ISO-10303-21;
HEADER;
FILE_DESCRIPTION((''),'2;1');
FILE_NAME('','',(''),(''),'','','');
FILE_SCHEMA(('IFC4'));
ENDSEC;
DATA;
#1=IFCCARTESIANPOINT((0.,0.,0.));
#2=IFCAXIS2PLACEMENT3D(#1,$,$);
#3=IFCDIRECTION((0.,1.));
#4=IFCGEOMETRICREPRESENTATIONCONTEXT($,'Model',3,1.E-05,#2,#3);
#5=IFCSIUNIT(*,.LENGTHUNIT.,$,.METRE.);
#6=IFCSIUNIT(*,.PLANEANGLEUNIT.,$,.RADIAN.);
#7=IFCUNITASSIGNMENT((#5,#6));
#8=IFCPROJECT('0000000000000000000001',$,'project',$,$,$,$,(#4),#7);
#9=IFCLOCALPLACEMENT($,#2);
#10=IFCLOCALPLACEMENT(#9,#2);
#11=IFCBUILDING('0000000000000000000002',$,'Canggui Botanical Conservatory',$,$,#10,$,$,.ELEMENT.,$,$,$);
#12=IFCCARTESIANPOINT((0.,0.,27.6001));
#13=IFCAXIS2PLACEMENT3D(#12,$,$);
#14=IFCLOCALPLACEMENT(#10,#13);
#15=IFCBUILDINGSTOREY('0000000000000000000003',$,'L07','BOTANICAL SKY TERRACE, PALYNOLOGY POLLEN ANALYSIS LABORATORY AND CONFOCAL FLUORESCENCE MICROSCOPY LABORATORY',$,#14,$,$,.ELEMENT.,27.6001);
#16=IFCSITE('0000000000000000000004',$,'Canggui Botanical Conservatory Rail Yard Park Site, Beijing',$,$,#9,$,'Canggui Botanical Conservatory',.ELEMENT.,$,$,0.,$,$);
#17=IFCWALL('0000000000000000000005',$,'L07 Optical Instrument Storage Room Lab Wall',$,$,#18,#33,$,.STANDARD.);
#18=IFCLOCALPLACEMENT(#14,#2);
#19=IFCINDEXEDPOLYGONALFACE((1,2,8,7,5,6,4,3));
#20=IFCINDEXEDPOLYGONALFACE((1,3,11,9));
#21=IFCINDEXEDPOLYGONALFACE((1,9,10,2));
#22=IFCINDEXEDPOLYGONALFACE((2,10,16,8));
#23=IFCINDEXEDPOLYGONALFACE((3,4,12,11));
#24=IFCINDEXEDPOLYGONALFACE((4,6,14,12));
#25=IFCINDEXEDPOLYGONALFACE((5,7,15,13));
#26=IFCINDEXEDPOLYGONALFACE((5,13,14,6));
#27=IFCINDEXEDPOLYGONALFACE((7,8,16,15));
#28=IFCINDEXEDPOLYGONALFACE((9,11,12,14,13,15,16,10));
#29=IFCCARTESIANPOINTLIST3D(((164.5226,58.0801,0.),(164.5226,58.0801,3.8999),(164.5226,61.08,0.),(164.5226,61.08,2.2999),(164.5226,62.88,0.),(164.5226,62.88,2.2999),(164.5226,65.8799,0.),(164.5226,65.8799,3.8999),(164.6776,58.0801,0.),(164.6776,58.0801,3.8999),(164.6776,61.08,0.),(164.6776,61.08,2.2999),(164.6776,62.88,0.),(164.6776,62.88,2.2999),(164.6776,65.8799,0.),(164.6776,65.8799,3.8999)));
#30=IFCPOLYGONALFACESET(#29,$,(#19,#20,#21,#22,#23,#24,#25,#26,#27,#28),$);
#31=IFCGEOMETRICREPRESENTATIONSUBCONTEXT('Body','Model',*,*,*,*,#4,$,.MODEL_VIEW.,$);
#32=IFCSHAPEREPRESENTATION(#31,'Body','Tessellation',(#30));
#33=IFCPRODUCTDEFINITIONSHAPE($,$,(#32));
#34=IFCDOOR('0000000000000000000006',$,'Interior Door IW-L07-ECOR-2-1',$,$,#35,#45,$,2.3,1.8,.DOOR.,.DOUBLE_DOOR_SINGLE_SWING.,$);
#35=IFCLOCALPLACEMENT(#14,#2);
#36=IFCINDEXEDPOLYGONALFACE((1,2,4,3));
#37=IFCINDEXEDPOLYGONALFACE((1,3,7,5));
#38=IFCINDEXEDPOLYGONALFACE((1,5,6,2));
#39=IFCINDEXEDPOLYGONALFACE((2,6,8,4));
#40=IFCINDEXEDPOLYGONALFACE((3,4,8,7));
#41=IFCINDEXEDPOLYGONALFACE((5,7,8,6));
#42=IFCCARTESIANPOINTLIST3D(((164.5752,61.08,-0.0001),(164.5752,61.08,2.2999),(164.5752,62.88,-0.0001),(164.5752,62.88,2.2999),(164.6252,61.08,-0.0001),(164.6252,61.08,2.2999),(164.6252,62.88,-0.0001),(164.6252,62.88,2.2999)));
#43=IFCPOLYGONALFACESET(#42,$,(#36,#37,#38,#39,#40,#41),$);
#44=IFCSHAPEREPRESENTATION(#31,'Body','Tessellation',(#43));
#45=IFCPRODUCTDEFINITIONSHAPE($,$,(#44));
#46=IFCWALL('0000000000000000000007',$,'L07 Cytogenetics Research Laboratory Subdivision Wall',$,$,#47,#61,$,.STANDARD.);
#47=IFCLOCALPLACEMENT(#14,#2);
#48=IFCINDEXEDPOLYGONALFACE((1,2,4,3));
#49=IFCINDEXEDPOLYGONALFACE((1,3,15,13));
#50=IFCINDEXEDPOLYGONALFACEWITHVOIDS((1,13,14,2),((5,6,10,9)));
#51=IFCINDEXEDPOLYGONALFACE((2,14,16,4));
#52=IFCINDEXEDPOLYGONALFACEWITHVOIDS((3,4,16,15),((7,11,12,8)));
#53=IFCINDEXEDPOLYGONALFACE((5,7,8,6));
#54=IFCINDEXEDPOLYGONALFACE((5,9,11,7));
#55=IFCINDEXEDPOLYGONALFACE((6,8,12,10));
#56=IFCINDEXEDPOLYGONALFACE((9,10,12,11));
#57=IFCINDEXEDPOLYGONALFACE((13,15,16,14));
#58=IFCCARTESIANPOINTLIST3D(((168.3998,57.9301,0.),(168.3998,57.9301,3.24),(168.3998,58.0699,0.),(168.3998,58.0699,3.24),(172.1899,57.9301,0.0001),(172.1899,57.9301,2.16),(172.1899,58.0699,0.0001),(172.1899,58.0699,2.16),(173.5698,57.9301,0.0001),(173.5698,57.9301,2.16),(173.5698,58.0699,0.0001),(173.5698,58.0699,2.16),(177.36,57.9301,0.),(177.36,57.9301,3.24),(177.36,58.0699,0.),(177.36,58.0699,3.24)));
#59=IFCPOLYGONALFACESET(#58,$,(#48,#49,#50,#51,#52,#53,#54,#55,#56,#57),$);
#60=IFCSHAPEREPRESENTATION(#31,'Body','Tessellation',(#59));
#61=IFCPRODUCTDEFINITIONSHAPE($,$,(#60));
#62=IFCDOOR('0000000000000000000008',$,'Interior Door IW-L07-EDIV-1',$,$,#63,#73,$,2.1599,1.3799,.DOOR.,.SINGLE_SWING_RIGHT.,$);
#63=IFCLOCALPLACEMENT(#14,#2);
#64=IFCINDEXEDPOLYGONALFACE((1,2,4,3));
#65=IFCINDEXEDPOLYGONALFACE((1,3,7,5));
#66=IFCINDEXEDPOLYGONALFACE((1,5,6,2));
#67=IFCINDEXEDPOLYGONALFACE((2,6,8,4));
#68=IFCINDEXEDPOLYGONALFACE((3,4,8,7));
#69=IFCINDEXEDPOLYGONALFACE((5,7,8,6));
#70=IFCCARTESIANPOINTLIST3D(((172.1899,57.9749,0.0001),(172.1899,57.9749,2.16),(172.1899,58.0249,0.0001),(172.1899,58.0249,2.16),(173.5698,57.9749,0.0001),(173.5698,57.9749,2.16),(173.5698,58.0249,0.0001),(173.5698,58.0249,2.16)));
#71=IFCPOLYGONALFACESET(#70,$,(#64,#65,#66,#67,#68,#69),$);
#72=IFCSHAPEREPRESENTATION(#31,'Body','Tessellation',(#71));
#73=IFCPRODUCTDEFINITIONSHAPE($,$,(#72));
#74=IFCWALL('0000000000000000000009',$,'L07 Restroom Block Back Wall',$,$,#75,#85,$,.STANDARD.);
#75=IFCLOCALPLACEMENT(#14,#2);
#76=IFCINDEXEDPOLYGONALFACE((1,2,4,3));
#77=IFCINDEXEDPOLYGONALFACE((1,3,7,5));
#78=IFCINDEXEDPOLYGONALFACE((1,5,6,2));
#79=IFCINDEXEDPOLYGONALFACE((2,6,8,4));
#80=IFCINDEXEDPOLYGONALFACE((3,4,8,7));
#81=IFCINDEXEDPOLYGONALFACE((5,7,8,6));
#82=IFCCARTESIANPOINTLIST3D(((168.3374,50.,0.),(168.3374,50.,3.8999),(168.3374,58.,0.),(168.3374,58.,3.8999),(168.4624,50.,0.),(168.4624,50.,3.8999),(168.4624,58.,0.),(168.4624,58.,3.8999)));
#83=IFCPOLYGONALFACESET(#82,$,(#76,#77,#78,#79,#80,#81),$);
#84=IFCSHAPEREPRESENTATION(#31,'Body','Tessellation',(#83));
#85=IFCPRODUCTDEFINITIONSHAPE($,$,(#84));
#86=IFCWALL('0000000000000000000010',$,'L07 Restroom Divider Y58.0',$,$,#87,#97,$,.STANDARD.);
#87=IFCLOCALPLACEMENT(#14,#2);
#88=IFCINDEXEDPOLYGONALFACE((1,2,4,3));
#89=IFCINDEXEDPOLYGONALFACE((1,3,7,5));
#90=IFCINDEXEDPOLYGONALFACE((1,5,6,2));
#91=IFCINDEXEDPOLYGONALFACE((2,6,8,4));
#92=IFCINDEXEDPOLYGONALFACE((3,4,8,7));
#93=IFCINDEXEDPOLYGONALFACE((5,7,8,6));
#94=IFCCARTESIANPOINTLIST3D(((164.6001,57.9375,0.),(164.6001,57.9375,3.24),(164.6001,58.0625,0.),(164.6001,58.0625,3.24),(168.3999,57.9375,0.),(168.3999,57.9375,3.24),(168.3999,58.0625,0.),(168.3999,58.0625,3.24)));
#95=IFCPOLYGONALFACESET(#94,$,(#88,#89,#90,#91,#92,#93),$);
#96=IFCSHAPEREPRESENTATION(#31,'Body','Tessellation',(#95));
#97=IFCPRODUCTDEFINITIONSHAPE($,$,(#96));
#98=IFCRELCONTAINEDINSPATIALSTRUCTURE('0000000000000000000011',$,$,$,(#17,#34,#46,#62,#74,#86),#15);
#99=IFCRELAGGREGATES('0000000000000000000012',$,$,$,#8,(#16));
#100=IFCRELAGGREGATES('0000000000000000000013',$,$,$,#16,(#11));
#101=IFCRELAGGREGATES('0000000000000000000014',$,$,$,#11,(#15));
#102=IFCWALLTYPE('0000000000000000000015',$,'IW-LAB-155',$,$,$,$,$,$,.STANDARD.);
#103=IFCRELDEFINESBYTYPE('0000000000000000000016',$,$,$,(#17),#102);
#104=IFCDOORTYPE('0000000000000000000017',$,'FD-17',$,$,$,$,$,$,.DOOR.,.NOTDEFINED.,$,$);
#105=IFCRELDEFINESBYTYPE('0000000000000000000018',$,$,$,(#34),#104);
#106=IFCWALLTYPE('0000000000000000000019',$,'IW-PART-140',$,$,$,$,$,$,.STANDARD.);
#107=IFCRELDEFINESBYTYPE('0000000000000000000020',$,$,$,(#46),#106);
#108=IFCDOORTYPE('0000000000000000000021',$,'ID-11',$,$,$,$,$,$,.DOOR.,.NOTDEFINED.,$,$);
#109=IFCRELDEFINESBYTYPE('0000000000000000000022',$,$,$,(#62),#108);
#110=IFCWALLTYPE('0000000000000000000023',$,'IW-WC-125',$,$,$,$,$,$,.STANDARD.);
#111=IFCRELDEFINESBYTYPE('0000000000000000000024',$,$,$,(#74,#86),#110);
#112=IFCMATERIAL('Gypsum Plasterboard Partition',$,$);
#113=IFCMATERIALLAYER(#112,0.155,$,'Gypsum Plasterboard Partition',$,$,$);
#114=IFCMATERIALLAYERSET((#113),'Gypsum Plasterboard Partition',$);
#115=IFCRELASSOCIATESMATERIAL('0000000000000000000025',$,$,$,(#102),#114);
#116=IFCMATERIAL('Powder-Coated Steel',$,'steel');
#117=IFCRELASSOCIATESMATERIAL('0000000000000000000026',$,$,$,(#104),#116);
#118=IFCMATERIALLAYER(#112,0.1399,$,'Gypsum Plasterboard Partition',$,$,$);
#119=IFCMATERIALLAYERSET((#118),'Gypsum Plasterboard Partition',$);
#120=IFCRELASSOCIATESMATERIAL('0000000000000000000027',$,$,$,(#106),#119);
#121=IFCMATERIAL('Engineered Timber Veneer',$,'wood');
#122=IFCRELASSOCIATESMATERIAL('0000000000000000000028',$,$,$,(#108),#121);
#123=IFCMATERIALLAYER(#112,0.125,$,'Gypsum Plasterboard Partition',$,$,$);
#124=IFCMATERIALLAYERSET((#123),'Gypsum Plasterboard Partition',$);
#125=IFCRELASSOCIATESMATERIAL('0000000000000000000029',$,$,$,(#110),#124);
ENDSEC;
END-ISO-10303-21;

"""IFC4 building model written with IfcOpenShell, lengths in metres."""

from ifc_helpers import new_model, si_unit, direction, frame, frame_2d, origin, place, context, subcontext, project, spatial, rectangle, extrude, material, layer, layer_set, type_object, element, fill, save


model = new_model("IFC4")

# Units and contexts
model_context = context("Model", 3, precision=1e-05, world=origin(), true_north=direction((0.0, 1.0)))
body_context = subcontext(model_context, "Body", "Model", "MODEL_VIEW")
ifc_project = project(units=[si_unit("LENGTHUNIT", "METRE"), si_unit("PLANEANGLEUNIT", "RADIAN")], contexts=[model_context])

# Site, building, storey
site_placement = place(None, origin())
site = spatial("IfcSite", under=ifc_project, at=site_placement, Name="Canggui Botanical Conservatory Rail Yard Park Site, Beijing", LongName="Canggui Botanical Conservatory", CompositionType="ELEMENT", RefElevation=0.0)
building_placement = place(site_placement, origin())
building = spatial("IfcBuilding", under=site, at=building_placement, Name="Canggui Botanical Conservatory", CompositionType="ELEMENT")
storey_placement = place(building_placement, frame((0.0, 0.0, 27.6001)))
storey = spatial("IfcBuildingStorey", under=building, at=storey_placement, Name="L07", Description="BOTANICAL SKY TERRACE, PALYNOLOGY POLLEN ANALYSIS LABORATORY AND CONFOCAL FLUORESCENCE MICROSCOPY LABORATORY", CompositionType="ELEMENT", Elevation=27.6001)

# Walls, openings, doors
ifc_material_1 = material(Name="Gypsum Plasterboard Partition")
ifc_layer_1 = layer(ifc_material_1, 0.155, Name="Gypsum Plasterboard Partition")
ifc_layer_set_1 = layer_set([ifc_layer_1], Name="Gypsum Plasterboard Partition")
wall_type_1 = type_object("IfcWallType", Name="IW-LAB-155", PredefinedType="STANDARD", material=ifc_layer_set_1)
wall_1_placement = place(storey_placement, frame((164.6001, 58.0801, 0.0), z_axis=(0.0, 0.0, 1.0), x_axis=(0.0, 1.0, 0.0)))
wall_1 = element("IfcWall", 1, at=wall_1_placement, inside=storey, type_object=wall_type_1, Name="L07 Optical Instrument Storage Room Lab Wall", PredefinedType="STANDARD", context=body_context, shape_type="SweptSolid", body=[
    extrude(rectangle(XDim=7.7998, YDim=0.155, at=frame_2d((3.8999, 0.0))), origin(), (0.0, 0.0, 1.0), 3.8999),
])
opening_1_placement = place(wall_1_placement, frame((3.0, 0.0, 0.0)))
opening_1 = element("IfcOpeningElement", 2, at=opening_1_placement, cuts=wall_1, PredefinedType="OPENING", context=body_context, shape_type="SweptSolid", body=[
    extrude(rectangle(XDim=1.8, YDim=2.3, at=frame_2d((0.8999, 1.1499))), frame((0.0, 0.0874, 0.0), z_axis=(0.0, -1.0, 0.0), x_axis=(1.0, 0.0, 0.0)), (0.0, 0.0, 1.0), 0.175),
])
ifc_material_2 = material(Name="Powder-Coated Steel", Category="steel")
door_type_1 = type_object("IfcDoorType", Name="FD-17", OperationType="NOTDEFINED", PredefinedType="DOOR", material=ifc_material_2)
door_1_placement = place(opening_1_placement, origin())
door_1 = element("IfcDoor", 3, at=door_1_placement, inside=storey, type_object=door_type_1, Name="Interior Door IW-L07-ECOR-2-1", OperationType="DOUBLE_DOOR_SINGLE_SWING", OverallHeight=2.3, OverallWidth=1.8, PredefinedType="DOOR", context=body_context, shape_type="SweptSolid", body=[
    extrude(rectangle(XDim=1.8, YDim=2.3, at=frame_2d((0.8999, 1.1499))), frame((0.0, 0.0249, 0.0), z_axis=(0.0, -1.0, 0.0), x_axis=(1.0, 0.0, 0.0)), (0.0, 0.0, 1.0), 0.05),
])
fill(opening_1, door_1)
ifc_layer_2 = layer(ifc_material_1, 0.1399, Name="Gypsum Plasterboard Partition")
ifc_layer_set_2 = layer_set([ifc_layer_2], Name="Gypsum Plasterboard Partition")
wall_type_2 = type_object("IfcWallType", Name="IW-PART-140", PredefinedType="STANDARD", material=ifc_layer_set_2)
wall_2_placement = place(storey_placement, frame((168.3999, 58.0, 0.0), z_axis=(0.0, 0.0, 1.0), x_axis=(1.0, 0.0, 0.0)))
wall_2 = element("IfcWall", 4, at=wall_2_placement, inside=storey, type_object=wall_type_2, Name="L07 Cytogenetics Research Laboratory Subdivision Wall", PredefinedType="STANDARD", context=body_context, shape_type="SweptSolid", body=[
    extrude(rectangle(XDim=8.9602, YDim=0.1399, at=frame_2d((4.48, 0.0))), origin(), (0.0, 0.0, 1.0), 3.24),
])
opening_2_placement = place(wall_2_placement, frame((3.79, 0.0, 0.0)))
opening_2 = element("IfcOpeningElement", 5, at=opening_2_placement, cuts=wall_2, PredefinedType="OPENING", context=body_context, shape_type="SweptSolid", body=[
    extrude(rectangle(XDim=1.3799, YDim=2.1599, at=frame_2d((0.6899, 1.0801))), frame((0.0, 0.0801, 0.0), z_axis=(0.0, -1.0, 0.0), x_axis=(1.0, 0.0, 0.0)), (0.0, 0.0, 1.0), 0.1599),
])
ifc_material_3 = material(Name="Engineered Timber Veneer", Category="wood")
door_type_2 = type_object("IfcDoorType", Name="ID-11", OperationType="NOTDEFINED", PredefinedType="DOOR", material=ifc_material_3)
door_2_placement = place(opening_2_placement, origin())
door_2 = element("IfcDoor", 6, at=door_2_placement, inside=storey, type_object=door_type_2, Name="Interior Door IW-L07-EDIV-1", OperationType="SINGLE_SWING_RIGHT", OverallHeight=2.1599, OverallWidth=1.3799, PredefinedType="DOOR", context=body_context, shape_type="SweptSolid", body=[
    extrude(rectangle(XDim=1.3799, YDim=2.1599, at=frame_2d((0.6899, 1.0801))), frame((0.0, 0.0249, 0.0), z_axis=(0.0, -1.0, 0.0), x_axis=(1.0, 0.0, 0.0)), (0.0, 0.0, 1.0), 0.05),
])
fill(opening_2, door_2)

# Walls
ifc_layer_3 = layer(ifc_material_1, 0.125, Name="Gypsum Plasterboard Partition")
ifc_layer_set_3 = layer_set([ifc_layer_3], Name="Gypsum Plasterboard Partition")
wall_type_3 = type_object("IfcWallType", Name="IW-WC-125", PredefinedType="STANDARD", material=ifc_layer_set_3)
wall_3_placement = place(storey_placement, frame((168.3999, 50.0, 0.0), z_axis=(0.0, 0.0, 1.0), x_axis=(0.0, 1.0, 0.0)))
element("IfcWall", 7, at=wall_3_placement, inside=storey, type_object=wall_type_3, Name="L07 Restroom Block Back Wall", PredefinedType="STANDARD", context=body_context, shape_type="SweptSolid", body=[
    extrude(rectangle(XDim=8.0, YDim=0.125, at=frame_2d((4.0, 0.0))), origin(), (0.0, 0.0, 1.0), 3.8999),
])
wall_4_placement = place(storey_placement, frame((164.6001, 58.0, 0.0), z_axis=(0.0, 0.0, 1.0), x_axis=(1.0, 0.0, 0.0)))
element("IfcWall", 8, at=wall_4_placement, inside=storey, type_object=wall_type_3, Name="L07 Restroom Divider Y58.0", PredefinedType="STANDARD", context=body_context, shape_type="SweptSolid", body=[
    extrude(rectangle(XDim=3.7998, YDim=0.125, at=frame_2d((1.8999, 0.0))), origin(), (0.0, 0.0, 1.0), 3.24),
])

save(model, "model.ifc")
